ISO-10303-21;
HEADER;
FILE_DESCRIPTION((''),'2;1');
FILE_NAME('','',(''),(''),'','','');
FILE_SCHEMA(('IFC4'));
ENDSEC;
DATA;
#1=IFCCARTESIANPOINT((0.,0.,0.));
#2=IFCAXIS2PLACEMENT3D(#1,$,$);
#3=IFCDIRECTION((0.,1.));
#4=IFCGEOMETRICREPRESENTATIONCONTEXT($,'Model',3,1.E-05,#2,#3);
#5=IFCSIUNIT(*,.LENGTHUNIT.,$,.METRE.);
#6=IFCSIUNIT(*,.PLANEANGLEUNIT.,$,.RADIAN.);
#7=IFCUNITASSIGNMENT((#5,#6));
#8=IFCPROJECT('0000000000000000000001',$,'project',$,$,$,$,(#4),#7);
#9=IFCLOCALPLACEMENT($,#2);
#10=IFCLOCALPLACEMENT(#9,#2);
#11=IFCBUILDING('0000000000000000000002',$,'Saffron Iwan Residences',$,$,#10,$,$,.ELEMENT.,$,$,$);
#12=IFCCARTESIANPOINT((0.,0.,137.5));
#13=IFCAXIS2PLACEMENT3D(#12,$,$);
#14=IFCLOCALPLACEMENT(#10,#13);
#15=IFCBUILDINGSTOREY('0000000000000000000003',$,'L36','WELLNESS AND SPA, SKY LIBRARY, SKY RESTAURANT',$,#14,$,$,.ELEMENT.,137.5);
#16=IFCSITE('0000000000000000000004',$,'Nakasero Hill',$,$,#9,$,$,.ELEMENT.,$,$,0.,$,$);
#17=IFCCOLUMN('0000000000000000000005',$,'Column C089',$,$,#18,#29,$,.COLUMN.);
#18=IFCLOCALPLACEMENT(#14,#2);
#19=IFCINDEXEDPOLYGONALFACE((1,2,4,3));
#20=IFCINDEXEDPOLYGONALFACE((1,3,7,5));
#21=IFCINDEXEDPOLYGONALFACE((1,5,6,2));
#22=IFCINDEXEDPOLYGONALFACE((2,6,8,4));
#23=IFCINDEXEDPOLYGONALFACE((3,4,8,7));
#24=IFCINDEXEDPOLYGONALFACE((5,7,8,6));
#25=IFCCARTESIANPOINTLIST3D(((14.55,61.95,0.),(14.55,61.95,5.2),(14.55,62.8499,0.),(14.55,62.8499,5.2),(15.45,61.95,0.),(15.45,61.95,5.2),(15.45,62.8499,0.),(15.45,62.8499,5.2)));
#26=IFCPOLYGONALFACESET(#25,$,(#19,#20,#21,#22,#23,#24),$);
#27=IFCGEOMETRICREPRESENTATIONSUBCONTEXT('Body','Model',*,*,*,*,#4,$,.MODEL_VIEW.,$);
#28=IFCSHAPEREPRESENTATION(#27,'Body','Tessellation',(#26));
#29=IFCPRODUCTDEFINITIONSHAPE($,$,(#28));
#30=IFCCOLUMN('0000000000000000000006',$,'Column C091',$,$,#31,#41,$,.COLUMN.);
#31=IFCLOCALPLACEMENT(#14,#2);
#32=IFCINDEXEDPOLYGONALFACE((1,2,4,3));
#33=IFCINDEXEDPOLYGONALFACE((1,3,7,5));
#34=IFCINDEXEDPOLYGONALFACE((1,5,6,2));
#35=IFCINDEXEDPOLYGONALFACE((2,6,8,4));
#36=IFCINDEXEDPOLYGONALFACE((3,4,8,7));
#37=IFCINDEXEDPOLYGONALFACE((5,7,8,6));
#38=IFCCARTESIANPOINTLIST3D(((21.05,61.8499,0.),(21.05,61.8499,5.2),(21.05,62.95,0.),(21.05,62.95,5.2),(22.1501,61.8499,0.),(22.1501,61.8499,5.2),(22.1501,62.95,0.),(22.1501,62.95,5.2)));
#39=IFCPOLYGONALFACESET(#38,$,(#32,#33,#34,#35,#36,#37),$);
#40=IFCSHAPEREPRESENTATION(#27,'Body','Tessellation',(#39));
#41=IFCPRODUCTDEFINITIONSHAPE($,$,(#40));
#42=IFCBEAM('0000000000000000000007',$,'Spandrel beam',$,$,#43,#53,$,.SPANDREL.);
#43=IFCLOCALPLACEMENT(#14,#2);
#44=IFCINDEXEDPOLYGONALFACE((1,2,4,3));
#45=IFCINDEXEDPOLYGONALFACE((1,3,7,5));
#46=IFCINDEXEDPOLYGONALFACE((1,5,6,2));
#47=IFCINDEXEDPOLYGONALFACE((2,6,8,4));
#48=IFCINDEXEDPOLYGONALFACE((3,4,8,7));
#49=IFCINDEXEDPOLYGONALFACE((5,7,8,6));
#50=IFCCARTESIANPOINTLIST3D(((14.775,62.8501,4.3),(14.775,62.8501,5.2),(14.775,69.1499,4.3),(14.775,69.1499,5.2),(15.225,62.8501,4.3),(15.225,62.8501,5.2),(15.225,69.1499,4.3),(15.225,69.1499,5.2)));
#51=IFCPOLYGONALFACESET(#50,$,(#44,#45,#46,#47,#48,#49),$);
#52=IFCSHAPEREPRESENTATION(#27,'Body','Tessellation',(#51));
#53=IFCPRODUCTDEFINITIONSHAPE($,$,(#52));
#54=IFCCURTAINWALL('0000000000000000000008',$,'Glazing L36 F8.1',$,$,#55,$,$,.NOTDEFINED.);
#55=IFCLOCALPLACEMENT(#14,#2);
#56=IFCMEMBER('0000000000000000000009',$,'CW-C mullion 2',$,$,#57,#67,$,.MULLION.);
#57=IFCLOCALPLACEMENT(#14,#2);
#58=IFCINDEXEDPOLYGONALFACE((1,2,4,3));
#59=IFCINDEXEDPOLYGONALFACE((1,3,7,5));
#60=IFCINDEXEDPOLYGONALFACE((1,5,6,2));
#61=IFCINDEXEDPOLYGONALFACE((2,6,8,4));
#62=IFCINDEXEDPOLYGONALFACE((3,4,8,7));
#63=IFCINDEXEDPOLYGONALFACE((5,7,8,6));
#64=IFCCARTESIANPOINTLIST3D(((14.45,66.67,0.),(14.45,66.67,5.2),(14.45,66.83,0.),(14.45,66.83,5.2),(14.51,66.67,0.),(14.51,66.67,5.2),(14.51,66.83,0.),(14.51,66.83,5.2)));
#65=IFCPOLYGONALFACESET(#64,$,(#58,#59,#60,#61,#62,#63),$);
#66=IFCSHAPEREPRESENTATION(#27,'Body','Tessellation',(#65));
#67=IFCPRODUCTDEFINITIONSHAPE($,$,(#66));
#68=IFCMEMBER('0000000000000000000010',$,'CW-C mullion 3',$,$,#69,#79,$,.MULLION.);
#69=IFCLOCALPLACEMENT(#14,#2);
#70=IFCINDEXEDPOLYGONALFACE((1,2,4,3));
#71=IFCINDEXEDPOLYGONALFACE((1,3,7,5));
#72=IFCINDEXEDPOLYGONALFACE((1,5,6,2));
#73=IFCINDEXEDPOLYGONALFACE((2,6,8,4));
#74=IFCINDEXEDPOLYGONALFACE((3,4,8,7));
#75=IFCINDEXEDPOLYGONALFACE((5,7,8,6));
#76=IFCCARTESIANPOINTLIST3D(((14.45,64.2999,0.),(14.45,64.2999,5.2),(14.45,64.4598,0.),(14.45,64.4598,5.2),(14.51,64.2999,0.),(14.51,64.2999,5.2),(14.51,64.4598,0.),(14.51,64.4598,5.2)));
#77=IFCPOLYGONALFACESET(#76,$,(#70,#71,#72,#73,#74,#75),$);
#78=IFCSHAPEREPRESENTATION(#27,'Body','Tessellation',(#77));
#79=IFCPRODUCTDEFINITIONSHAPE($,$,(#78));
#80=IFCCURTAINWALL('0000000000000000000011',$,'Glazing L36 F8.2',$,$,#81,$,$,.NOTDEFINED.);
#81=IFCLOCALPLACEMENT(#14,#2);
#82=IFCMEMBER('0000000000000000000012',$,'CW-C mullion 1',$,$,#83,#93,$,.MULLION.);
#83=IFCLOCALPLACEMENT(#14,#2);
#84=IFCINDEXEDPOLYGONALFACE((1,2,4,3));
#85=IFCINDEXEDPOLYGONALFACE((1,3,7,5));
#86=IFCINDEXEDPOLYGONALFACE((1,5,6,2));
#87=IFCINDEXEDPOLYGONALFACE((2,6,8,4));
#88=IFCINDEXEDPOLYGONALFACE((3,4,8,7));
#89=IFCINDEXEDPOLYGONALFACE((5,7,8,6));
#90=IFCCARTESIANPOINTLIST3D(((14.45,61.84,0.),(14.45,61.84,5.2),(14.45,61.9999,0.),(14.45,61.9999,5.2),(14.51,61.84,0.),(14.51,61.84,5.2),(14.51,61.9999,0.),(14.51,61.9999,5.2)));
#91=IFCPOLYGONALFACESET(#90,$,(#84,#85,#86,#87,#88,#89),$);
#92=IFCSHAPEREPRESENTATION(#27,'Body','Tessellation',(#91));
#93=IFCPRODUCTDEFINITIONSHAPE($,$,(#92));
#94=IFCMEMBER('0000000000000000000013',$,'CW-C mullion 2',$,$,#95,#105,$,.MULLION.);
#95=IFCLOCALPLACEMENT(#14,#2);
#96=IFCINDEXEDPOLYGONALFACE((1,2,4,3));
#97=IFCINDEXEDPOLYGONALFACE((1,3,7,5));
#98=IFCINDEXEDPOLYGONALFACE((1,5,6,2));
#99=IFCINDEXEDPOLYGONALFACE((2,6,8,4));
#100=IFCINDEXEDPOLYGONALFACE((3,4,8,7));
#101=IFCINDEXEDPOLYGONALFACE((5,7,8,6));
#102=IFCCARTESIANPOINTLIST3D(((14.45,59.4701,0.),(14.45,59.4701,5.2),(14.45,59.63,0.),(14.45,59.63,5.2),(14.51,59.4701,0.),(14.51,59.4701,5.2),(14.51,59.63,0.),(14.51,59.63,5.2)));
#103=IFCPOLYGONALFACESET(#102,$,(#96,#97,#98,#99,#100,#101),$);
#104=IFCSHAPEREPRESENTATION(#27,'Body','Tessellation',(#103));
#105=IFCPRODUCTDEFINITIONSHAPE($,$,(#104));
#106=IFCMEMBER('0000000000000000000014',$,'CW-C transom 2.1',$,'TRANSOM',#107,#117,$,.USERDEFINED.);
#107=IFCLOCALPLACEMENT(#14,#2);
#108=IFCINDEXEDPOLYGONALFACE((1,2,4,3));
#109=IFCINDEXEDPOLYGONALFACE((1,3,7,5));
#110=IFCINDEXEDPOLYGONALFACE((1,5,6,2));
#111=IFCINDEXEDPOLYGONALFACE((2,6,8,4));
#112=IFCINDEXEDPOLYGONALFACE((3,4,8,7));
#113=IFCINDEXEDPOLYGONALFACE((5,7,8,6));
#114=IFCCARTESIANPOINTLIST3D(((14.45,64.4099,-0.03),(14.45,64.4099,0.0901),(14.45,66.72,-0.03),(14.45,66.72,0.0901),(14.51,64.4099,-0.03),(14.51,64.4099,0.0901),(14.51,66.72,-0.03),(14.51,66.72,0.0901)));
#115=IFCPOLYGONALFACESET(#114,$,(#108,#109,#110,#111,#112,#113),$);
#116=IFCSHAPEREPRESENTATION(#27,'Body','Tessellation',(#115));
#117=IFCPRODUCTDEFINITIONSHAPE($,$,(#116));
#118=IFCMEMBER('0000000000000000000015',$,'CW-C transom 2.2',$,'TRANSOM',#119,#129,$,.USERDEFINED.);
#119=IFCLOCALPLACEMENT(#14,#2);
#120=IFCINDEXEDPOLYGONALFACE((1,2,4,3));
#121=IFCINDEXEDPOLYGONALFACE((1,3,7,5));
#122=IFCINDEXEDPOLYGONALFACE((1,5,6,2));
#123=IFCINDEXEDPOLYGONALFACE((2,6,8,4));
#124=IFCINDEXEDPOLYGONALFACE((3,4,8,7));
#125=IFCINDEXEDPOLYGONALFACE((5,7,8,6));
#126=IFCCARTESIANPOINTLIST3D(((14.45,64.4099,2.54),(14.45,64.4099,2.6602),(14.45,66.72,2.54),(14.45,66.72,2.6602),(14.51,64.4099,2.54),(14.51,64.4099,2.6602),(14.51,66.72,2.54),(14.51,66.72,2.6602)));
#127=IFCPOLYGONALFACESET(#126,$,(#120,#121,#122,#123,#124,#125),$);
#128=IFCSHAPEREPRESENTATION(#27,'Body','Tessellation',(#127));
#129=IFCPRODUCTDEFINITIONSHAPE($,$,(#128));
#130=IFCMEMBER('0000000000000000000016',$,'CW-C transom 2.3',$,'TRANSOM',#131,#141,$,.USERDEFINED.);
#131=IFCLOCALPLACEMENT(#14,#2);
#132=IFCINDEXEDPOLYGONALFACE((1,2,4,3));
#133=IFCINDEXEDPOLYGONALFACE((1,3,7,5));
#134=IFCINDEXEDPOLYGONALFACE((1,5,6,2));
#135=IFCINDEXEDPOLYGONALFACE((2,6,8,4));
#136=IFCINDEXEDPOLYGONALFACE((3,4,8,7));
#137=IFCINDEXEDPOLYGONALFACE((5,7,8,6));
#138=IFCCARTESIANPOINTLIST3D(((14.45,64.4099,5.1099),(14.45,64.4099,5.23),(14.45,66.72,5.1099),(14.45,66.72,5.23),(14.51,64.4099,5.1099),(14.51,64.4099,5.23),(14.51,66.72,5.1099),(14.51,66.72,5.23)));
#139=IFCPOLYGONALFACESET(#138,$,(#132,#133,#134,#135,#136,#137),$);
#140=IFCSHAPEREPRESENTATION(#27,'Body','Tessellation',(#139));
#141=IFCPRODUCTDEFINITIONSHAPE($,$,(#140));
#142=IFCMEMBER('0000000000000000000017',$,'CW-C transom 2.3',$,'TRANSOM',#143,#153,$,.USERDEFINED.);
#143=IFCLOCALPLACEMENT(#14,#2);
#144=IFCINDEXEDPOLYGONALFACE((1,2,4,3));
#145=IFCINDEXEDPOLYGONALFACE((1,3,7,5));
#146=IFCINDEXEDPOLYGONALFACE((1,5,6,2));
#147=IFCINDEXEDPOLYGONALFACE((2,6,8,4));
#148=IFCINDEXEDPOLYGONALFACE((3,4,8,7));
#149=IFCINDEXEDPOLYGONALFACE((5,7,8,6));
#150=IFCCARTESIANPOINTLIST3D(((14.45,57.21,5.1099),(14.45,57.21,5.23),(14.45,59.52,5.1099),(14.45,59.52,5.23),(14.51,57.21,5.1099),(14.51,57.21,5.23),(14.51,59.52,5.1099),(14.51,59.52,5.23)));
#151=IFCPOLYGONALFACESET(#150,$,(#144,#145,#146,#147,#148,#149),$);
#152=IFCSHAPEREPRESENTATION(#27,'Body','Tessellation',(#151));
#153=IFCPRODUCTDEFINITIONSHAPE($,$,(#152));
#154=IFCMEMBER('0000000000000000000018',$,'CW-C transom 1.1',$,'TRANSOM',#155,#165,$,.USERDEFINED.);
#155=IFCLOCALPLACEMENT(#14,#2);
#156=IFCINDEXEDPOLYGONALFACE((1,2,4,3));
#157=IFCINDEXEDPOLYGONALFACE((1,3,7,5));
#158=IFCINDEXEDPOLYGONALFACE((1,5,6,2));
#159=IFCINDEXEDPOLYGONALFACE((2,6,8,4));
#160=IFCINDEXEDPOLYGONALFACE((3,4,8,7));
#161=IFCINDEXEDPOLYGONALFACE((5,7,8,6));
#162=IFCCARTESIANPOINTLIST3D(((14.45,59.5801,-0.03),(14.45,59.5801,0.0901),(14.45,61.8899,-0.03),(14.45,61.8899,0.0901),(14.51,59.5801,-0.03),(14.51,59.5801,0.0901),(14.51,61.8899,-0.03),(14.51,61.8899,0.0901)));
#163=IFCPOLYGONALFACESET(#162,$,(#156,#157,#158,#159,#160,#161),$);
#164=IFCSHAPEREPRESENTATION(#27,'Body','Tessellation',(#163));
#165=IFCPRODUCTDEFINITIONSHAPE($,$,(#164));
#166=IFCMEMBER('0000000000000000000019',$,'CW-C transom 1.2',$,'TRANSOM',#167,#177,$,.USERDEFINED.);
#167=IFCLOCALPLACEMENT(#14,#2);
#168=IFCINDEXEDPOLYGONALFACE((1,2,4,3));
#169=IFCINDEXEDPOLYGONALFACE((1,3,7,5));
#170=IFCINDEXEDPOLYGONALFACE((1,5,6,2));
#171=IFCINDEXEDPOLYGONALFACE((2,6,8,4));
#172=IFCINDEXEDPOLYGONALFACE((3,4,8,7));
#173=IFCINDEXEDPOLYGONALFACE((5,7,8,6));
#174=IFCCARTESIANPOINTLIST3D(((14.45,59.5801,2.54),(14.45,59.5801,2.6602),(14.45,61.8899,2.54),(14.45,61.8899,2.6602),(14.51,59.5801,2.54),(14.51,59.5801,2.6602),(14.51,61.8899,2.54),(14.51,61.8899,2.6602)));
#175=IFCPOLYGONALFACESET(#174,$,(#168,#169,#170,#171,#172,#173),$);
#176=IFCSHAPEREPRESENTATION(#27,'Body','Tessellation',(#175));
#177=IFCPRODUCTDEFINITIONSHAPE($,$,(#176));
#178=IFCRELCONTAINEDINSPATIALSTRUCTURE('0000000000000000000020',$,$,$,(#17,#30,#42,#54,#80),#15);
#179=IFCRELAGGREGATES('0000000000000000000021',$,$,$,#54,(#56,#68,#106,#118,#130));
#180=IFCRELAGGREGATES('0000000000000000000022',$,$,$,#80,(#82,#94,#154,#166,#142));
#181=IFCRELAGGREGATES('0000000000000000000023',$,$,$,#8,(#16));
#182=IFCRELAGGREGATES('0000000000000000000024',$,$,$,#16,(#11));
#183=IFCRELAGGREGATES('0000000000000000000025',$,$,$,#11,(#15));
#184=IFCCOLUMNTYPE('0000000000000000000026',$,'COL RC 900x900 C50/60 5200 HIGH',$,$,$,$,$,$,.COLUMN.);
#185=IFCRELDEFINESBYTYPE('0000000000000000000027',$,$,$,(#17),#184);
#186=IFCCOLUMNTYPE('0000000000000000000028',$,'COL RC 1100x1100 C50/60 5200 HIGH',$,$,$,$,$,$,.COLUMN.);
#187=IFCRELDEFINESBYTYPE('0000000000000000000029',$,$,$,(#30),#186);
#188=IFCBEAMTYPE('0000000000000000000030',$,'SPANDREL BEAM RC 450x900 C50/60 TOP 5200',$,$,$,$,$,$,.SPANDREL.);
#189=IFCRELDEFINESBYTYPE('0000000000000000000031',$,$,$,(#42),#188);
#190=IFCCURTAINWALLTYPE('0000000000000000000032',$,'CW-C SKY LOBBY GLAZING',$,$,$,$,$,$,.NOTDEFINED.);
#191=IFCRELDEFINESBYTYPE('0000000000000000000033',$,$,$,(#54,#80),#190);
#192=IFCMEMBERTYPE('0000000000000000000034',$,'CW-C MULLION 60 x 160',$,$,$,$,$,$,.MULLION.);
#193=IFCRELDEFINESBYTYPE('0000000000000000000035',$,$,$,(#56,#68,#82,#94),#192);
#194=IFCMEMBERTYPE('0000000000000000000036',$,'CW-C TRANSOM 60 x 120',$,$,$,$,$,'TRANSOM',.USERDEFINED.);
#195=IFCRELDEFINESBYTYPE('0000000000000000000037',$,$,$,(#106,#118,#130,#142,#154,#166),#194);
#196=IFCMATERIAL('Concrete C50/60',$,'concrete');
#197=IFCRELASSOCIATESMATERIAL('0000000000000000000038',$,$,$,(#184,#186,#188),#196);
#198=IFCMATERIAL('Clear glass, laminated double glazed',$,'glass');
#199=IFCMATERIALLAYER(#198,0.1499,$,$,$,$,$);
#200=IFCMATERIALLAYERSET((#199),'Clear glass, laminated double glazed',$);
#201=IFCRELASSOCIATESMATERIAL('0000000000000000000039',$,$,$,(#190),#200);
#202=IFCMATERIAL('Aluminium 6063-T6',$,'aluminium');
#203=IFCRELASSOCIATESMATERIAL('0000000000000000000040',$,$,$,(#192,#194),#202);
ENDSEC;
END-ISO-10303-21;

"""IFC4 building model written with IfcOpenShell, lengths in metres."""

from ifc_helpers import new_model, si_unit, direction, frame, origin, origin_2d, place, context, subcontext, project, spatial, rectangle, extrude, source, transform, mapped, material, layer, layer_set, material_profile, profile_set, type_object, element, aggregate, save


model = new_model("IFC4")

# Units and contexts
model_context = context("Model", 3, precision=1e-05, world=origin(), true_north=direction((0.0, 1.0)))
body_context = subcontext(model_context, "Body", "Model", "MODEL_VIEW")
ifc_project = project(units=[si_unit("LENGTHUNIT", "METRE"), si_unit("PLANEANGLEUNIT", "RADIAN")], contexts=[model_context])

# Site, building, storey
site_placement = place(None, origin())
site = spatial("IfcSite", under=ifc_project, at=site_placement, Name="Nakasero Hill", CompositionType="ELEMENT", RefElevation=0.0)
building_placement = place(site_placement, origin())
building = spatial("IfcBuilding", under=site, at=building_placement, Name="Saffron Iwan Residences", CompositionType="ELEMENT")
storey_placement = place(building_placement, frame((0.0, 0.0, 137.5)))
storey = spatial("IfcBuildingStorey", under=building, at=storey_placement, Name="L36", Description="WELLNESS AND SPA, SKY LIBRARY, SKY RESTAURANT", CompositionType="ELEMENT", Elevation=137.5)

# Columns
ifc_material_1 = material(Name="Concrete C50/60", Category="concrete")
ifc_material_profile_1 = material_profile(ifc_material_1, rectangle(XDim=0.8999, YDim=0.8999, at=origin_2d()), Name="RC 900x900")
ifc_profile_set_1 = profile_set([ifc_material_profile_1], Name="Concrete C50/60")
column_type_1 = type_object("IfcColumnType", Name="COL RC 900x900 C50/60 5200 HIGH", PredefinedType="COLUMN", material=ifc_profile_set_1)
shared_shape_1 = source(origin(), body_context, "Body", "SweptSolid", [
    extrude(rectangle(XDim=0.8999, YDim=0.8999, at=origin_2d()), origin(), (0.0, 0.0, 1.0), 5.2),
])
column_1_placement = place(storey_placement, frame((15.0, 62.3999, 0.0), z_axis=(0.0, 0.0, 1.0), x_axis=(1.0, 0.0, 0.0)))
element("IfcColumn", 1, at=column_1_placement, inside=storey, type_object=column_type_1, Name="Column C089", PredefinedType="COLUMN", context=body_context, shape_type="MappedRepresentation", body=[
    mapped(shared_shape_1, transform((0.0, 0.0, 0.0))),
])
ifc_material_profile_2 = material_profile(ifc_material_1, rectangle(XDim=1.1001, YDim=1.1001, at=origin_2d()), Name="RC 1100x1100")
ifc_profile_set_2 = profile_set([ifc_material_profile_2], Name="Concrete C50/60")
column_type_2 = type_object("IfcColumnType", Name="COL RC 1100x1100 C50/60 5200 HIGH", PredefinedType="COLUMN", material=ifc_profile_set_2)
shared_shape_2 = source(origin(), body_context, "Body", "SweptSolid", [
    extrude(rectangle(XDim=1.1001, YDim=1.1001, at=origin_2d()), origin(), (0.0, 0.0, 1.0), 5.2),
])
column_2_placement = place(storey_placement, frame((21.6001, 62.3999, 0.0), z_axis=(0.0, 0.0, 1.0), x_axis=(1.0, 0.0, 0.0)))
element("IfcColumn", 2, at=column_2_placement, inside=storey, type_object=column_type_2, Name="Column C091", PredefinedType="COLUMN", context=body_context, shape_type="MappedRepresentation", body=[
    mapped(shared_shape_2, transform((0.0, 0.0, 0.0))),
])

# Beam
ifc_material_profile_3 = material_profile(ifc_material_1, rectangle(XDim=0.45, YDim=0.8999, at=origin_2d()), Name="RC 450x900")
ifc_profile_set_3 = profile_set([ifc_material_profile_3], Name="Concrete C50/60")
beam_type = type_object("IfcBeamType", Name="SPANDREL BEAM RC 450x900 C50/60 TOP 5200", PredefinedType="SPANDREL", material=ifc_profile_set_3)
shared_shape_3 = source(origin(), body_context, "Body", "SweptSolid", [
    extrude(rectangle(XDim=0.45, YDim=0.8999, at=origin_2d()), origin(), (0.0, 0.0, 1.0), 6.2998),
])
beam_placement = place(storey_placement, frame((15.0, 62.8501, 4.75), z_axis=(0.0, 1.0, 0.0), x_axis=(-1.0, 0.0, 0.0)))
element("IfcBeam", 3, at=beam_placement, inside=storey, type_object=beam_type, Name="Spandrel beam", PredefinedType="SPANDREL", context=body_context, shape_type="MappedRepresentation", body=[
    mapped(shared_shape_3, transform((0.0, 0.0, 0.0))),
])

# Curtain walls, members
ifc_material_2 = material(Name="Clear glass, laminated double glazed", Category="glass")
ifc_layer_1 = layer(ifc_material_2, 0.1499)
ifc_layer_set_1 = layer_set([ifc_layer_1], Name="Clear glass, laminated double glazed")
curtain_wall_type = type_object("IfcCurtainWallType", Name="CW-C SKY LOBBY GLAZING", PredefinedType="NOTDEFINED", material=ifc_layer_set_1)
curtain_wall_1_placement = place(storey_placement, origin())
curtain_wall_1 = element("IfcCurtainWall", 4, at=curtain_wall_1_placement, inside=storey, type_object=curtain_wall_type, Name="Glazing L36 F8.1", PredefinedType="NOTDEFINED")
ifc_material_3 = material(Name="Aluminium 6063-T6", Category="aluminium")
ifc_material_profile_4 = material_profile(ifc_material_3, rectangle(XDim=0.0601, YDim=0.1599, at=origin_2d()), Name="CW-C MULLION 60 x 160")
ifc_profile_set_4 = profile_set([ifc_material_profile_4], Name="Aluminium 6063-T6")
member_type_1 = type_object("IfcMemberType", Name="CW-C MULLION 60 x 160", PredefinedType="MULLION", material=ifc_profile_set_4)
shared_shape_4 = source(origin(), body_context, "Body", "SweptSolid", [
    extrude(rectangle(XDim=0.0601, YDim=0.1599, at=origin_2d()), origin(), (0.0, 0.0, 1.0), 5.2),
])
member_1_placement = place(storey_placement, frame((14.48, 66.75, 0.0), z_axis=(0.0, 0.0, 1.0), x_axis=(1.0, 0.0, 0.0)))
member_1 = element("IfcMember", 5, at=member_1_placement, type_object=member_type_1, Name="CW-C mullion 2", PredefinedType="MULLION", context=body_context, shape_type="MappedRepresentation", body=[
    mapped(shared_shape_4, transform((0.0, 0.0, 0.0))),
])
member_2_placement = place(storey_placement, frame((14.48, 64.3799, 0.0), z_axis=(0.0, 0.0, 1.0), x_axis=(1.0, 0.0, 0.0)))
member_2 = element("IfcMember", 6, at=member_2_placement, type_object=member_type_1, Name="CW-C mullion 3", PredefinedType="MULLION", context=body_context, shape_type="MappedRepresentation", body=[
    mapped(shared_shape_4, transform((0.0, 0.0, 0.0))),
])
curtain_wall_2_placement = place(storey_placement, origin())
curtain_wall_2 = element("IfcCurtainWall", 7, at=curtain_wall_2_placement, inside=storey, type_object=curtain_wall_type, Name="Glazing L36 F8.2", PredefinedType="NOTDEFINED")
member_3_placement = place(storey_placement, frame((14.48, 61.9199, 0.0), z_axis=(0.0, 0.0, 1.0), x_axis=(1.0, 0.0, 0.0)))
member_3 = element("IfcMember", 8, at=member_3_placement, type_object=member_type_1, Name="CW-C mullion 1", PredefinedType="MULLION", context=body_context, shape_type="MappedRepresentation", body=[
    mapped(shared_shape_4, transform((0.0, 0.0, 0.0))),
])
member_4_placement = place(storey_placement, frame((14.48, 59.55, 0.0), z_axis=(0.0, 0.0, 1.0), x_axis=(1.0, 0.0, 0.0)))
member_4 = element("IfcMember", 9, at=member_4_placement, type_object=member_type_1, Name="CW-C mullion 2", PredefinedType="MULLION", context=body_context, shape_type="MappedRepresentation", body=[
    mapped(shared_shape_4, transform((0.0, 0.0, 0.0))),
])

# Members
ifc_material_profile_5 = material_profile(ifc_material_3, rectangle(XDim=0.0601, YDim=0.1201, at=origin_2d()), Name="CW-C TRANSOM 60 x 120")
ifc_profile_set_5 = profile_set([ifc_material_profile_5], Name="Aluminium 6063-T6")
member_type_2 = type_object("IfcMemberType", Name="CW-C TRANSOM 60 x 120", ElementType="TRANSOM", PredefinedType="USERDEFINED", material=ifc_profile_set_5)
shared_shape_5 = source(origin(), body_context, "Body", "SweptSolid", [
    extrude(rectangle(XDim=0.0601, YDim=0.1201, at=origin_2d()), origin(), (0.0, 0.0, 1.0), 2.3101),
])
member_5_placement = place(storey_placement, frame((14.48, 66.72, 0.03), z_axis=(0.0, -1.0, 0.0), x_axis=(1.0, 0.0, 0.0)))
member_5 = element("IfcMember", 10, at=member_5_placement, type_object=member_type_2, Name="CW-C transom 2.1", ObjectType="TRANSOM", PredefinedType="USERDEFINED", context=body_context, shape_type="MappedRepresentation", body=[
    mapped(shared_shape_5, transform((0.0, 0.0, 0.0))),
])
member_6_placement = place(storey_placement, frame((14.48, 66.72, 2.6001), z_axis=(0.0, -1.0, 0.0), x_axis=(1.0, 0.0, 0.0)))
member_6 = element("IfcMember", 11, at=member_6_placement, type_object=member_type_2, Name="CW-C transom 2.2", ObjectType="TRANSOM", PredefinedType="USERDEFINED", context=body_context, shape_type="MappedRepresentation", body=[
    mapped(shared_shape_5, transform((0.0, 0.0, 0.0))),
])
member_7_placement = place(storey_placement, frame((14.48, 66.72, 5.1699), z_axis=(0.0, -1.0, 0.0), x_axis=(1.0, 0.0, 0.0)))
member_7 = element("IfcMember", 12, at=member_7_placement, type_object=member_type_2, Name="CW-C transom 2.3", ObjectType="TRANSOM", PredefinedType="USERDEFINED", context=body_context, shape_type="MappedRepresentation", body=[
    mapped(shared_shape_5, transform((0.0, 0.0, 0.0))),
])
member_8_placement = place(storey_placement, frame((14.48, 59.52, 5.1699), z_axis=(0.0, -1.0, 0.0), x_axis=(1.0, 0.0, 0.0)))
member_8 = element("IfcMember", 13, at=member_8_placement, type_object=member_type_2, Name="CW-C transom 2.3", ObjectType="TRANSOM", PredefinedType="USERDEFINED", context=body_context, shape_type="MappedRepresentation", body=[
    mapped(shared_shape_5, transform((0.0, 0.0, 0.0))),
])
shared_shape_6 = source(origin(), body_context, "Body", "SweptSolid", [
    extrude(rectangle(XDim=0.0601, YDim=0.1201, at=origin_2d()), origin(), (0.0, 0.0, 1.0), 2.3098),
])
member_9_placement = place(storey_placement, frame((14.48, 61.8899, 0.03), z_axis=(0.0, -1.0, 0.0), x_axis=(1.0, 0.0, 0.0)))
member_9 = element("IfcMember", 14, at=member_9_placement, type_object=member_type_2, Name="CW-C transom 1.1", ObjectType="TRANSOM", PredefinedType="USERDEFINED", context=body_context, shape_type="MappedRepresentation", body=[
    mapped(shared_shape_6, transform((0.0, 0.0, 0.0))),
])
member_10_placement = place(storey_placement, frame((14.48, 61.8899, 2.6001), z_axis=(0.0, -1.0, 0.0), x_axis=(1.0, 0.0, 0.0)))
member_10 = element("IfcMember", 15, at=member_10_placement, type_object=member_type_2, Name="CW-C transom 1.2", ObjectType="TRANSOM", PredefinedType="USERDEFINED", context=body_context, shape_type="MappedRepresentation", body=[
    mapped(shared_shape_6, transform((0.0, 0.0, 0.0))),
])

aggregate(curtain_wall_1, [member_1, member_2, member_5, member_6, member_7])
aggregate(curtain_wall_2, [member_3, member_4, member_9, member_10, member_8])

save(model, "model.ifc")
